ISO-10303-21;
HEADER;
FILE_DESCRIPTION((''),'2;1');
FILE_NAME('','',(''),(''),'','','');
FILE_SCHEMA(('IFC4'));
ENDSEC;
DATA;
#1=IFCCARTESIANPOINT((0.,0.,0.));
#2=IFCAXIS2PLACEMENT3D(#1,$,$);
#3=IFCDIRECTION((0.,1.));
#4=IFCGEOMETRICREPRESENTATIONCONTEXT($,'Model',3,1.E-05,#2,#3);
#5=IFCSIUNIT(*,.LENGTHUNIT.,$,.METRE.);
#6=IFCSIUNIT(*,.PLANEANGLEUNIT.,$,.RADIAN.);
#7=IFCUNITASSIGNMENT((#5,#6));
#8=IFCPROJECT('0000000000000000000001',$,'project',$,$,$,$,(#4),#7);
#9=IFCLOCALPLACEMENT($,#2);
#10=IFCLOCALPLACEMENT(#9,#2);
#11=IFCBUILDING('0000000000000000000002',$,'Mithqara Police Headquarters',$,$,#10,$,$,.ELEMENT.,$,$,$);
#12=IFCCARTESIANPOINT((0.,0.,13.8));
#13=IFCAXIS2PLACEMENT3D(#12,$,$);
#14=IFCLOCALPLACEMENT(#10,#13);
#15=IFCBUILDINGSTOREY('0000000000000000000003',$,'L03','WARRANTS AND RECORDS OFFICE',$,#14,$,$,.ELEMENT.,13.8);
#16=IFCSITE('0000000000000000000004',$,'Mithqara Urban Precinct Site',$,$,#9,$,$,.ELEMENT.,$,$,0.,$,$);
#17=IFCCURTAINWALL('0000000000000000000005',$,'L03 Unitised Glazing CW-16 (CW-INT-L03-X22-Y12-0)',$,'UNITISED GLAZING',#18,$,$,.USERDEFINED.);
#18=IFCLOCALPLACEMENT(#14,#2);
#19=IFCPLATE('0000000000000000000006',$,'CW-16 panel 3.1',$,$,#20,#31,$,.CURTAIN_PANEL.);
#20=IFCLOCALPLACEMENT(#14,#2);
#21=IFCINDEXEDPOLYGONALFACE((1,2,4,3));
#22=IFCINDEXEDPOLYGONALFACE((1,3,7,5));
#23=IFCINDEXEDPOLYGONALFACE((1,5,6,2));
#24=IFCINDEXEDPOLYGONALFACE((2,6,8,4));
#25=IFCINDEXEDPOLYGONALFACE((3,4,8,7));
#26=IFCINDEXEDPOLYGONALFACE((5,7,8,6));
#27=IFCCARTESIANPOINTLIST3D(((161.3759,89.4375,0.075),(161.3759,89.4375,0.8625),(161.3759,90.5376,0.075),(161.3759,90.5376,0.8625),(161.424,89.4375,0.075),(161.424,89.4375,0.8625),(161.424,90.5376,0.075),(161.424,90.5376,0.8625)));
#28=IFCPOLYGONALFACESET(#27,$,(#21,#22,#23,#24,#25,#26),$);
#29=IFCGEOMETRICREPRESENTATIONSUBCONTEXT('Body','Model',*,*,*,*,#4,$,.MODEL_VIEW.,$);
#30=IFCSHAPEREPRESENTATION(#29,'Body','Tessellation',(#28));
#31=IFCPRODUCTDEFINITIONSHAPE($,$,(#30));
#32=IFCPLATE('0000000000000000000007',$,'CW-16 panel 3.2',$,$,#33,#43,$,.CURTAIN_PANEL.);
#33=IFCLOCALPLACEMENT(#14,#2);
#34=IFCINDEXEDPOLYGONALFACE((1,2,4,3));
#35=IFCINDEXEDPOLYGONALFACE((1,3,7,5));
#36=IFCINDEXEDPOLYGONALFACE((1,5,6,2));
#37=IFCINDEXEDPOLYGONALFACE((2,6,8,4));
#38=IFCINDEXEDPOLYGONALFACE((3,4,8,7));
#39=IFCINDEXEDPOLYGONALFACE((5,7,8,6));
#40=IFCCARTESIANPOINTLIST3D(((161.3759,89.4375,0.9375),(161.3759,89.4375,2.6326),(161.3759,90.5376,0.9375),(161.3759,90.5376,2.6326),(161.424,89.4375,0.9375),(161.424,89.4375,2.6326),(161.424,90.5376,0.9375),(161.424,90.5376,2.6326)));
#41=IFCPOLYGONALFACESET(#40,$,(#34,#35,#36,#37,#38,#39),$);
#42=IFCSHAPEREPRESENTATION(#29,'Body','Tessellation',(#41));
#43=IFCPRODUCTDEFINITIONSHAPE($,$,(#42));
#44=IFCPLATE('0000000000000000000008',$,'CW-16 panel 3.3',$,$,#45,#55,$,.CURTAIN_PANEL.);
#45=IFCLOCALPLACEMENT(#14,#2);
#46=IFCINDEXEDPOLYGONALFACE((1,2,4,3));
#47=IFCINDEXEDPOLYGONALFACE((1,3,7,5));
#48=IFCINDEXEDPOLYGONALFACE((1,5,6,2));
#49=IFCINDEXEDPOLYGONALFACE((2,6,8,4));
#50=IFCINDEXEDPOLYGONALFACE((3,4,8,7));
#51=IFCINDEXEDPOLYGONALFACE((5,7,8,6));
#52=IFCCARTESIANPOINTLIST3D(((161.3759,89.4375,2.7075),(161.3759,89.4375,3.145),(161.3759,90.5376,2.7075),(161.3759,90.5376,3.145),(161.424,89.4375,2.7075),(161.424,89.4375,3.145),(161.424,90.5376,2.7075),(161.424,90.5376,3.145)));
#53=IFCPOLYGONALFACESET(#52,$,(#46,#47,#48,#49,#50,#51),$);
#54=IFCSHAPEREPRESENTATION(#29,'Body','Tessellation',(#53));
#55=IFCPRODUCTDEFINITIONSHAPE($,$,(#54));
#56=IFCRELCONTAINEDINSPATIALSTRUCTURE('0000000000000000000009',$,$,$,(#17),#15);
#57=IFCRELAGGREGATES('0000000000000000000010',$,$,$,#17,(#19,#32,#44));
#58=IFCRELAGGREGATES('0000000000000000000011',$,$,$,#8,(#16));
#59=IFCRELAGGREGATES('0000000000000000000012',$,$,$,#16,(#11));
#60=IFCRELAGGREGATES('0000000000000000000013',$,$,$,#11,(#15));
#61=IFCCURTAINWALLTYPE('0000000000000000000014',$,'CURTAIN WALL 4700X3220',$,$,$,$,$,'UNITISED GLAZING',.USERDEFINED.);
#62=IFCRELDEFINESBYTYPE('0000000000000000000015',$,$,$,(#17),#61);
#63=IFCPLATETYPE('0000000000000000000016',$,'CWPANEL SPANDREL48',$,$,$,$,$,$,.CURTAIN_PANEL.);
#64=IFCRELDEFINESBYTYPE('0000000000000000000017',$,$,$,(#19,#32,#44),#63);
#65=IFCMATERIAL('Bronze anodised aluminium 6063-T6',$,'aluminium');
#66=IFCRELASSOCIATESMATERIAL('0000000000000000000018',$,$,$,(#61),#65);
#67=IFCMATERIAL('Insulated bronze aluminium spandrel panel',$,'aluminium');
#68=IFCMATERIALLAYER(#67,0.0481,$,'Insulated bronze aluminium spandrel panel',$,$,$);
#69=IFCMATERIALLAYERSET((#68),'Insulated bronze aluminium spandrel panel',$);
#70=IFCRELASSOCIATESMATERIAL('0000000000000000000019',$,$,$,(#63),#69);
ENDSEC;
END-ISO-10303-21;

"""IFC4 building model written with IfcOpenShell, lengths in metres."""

from ifc_helpers import new_model, si_unit, direction, frame, origin, origin_2d, place, context, subcontext, project, spatial, rectangle, extrude, material, layer, layer_set, type_object, element, aggregate, save


model = new_model("IFC4")

# Units and contexts
model_context = context("Model", 3, precision=1e-05, world=origin(), true_north=direction((0.0, 1.0)))
body_context = subcontext(model_context, "Body", "Model", "MODEL_VIEW")
ifc_project = project(units=[si_unit("LENGTHUNIT", "METRE"), si_unit("PLANEANGLEUNIT", "RADIAN")], contexts=[model_context])

# Site, building, storey
site_placement = place(None, origin())
site = spatial("IfcSite", under=ifc_project, at=site_placement, Name="Mithqara Urban Precinct Site", CompositionType="ELEMENT", RefElevation=0.0)
building_placement = place(site_placement, origin())
building = spatial("IfcBuilding", under=site, at=building_placement, Name="Mithqara Police Headquarters", CompositionType="ELEMENT")
storey_placement = place(building_placement, frame((0.0, 0.0, 13.8)))
storey = spatial("IfcBuildingStorey", under=building, at=storey_placement, Name="L03", Description="WARRANTS AND RECORDS OFFICE", CompositionType="ELEMENT", Elevation=13.8)

# Curtain wall, plates
ifc_material_1 = material(Name="Bronze anodised aluminium 6063-T6", Category="aluminium")
curtain_wall_type = type_object("IfcCurtainWallType", Name="CURTAIN WALL 4700X3220", ElementType="UNITISED GLAZING", PredefinedType="USERDEFINED", material=ifc_material_1)
curtain_wall_placement = place(storey_placement, origin())
curtain_wall = element("IfcCurtainWall", 1, at=curtain_wall_placement, inside=storey, type_object=curtain_wall_type, Name="L03 Unitised Glazing CW-16 (CW-INT-L03-X22-Y12-0)", ObjectType="UNITISED GLAZING", PredefinedType="USERDEFINED")
ifc_material_2 = material(Name="Insulated bronze aluminium spandrel panel", Category="aluminium")
ifc_layer = layer(ifc_material_2, 0.0481, Name="Insulated bronze aluminium spandrel panel")
ifc_layer_set = layer_set([ifc_layer], Name="Insulated bronze aluminium spandrel panel")
plate_type = type_object("IfcPlateType", Name="CWPANEL SPANDREL48", PredefinedType="CURTAIN_PANEL", material=ifc_layer_set)
plate_1_placement = place(storey_placement, frame((161.3999, 89.9875, 0.075), z_axis=(0.0, 0.0, 1.0), x_axis=(0.0, 1.0, 0.0)))
plate_1 = element("IfcPlate", 2, at=plate_1_placement, type_object=plate_type, Name="CW-16 panel 3.1", PredefinedType="CURTAIN_PANEL", context=body_context, shape_type="SweptSolid", body=[
    extrude(rectangle(XDim=1.1001, YDim=0.0481, at=origin_2d()), origin(), (0.0, 0.0, 1.0), 0.7876),
])
plate_2_placement = place(storey_placement, frame((161.3999, 89.9875, 0.9375), z_axis=(0.0, 0.0, 1.0), x_axis=(0.0, 1.0, 0.0)))
plate_2 = element("IfcPlate", 3, at=plate_2_placement, type_object=plate_type, Name="CW-16 panel 3.2", PredefinedType="CURTAIN_PANEL", context=body_context, shape_type="SweptSolid", body=[
    extrude(rectangle(XDim=1.1001, YDim=0.0481, at=origin_2d()), origin(), (0.0, 0.0, 1.0), 1.6951),
])
plate_3_placement = place(storey_placement, frame((161.3999, 89.9875, 2.7075), z_axis=(0.0, 0.0, 1.0), x_axis=(0.0, 1.0, 0.0)))
plate_3 = element("IfcPlate", 4, at=plate_3_placement, type_object=plate_type, Name="CW-16 panel 3.3", PredefinedType="CURTAIN_PANEL", context=body_context, shape_type="SweptSolid", body=[
    extrude(rectangle(XDim=1.1001, YDim=0.0481, at=origin_2d()), origin(), (0.0, 0.0, 1.0), 0.4375),
])
aggregate(curtain_wall, [plate_1, plate_2, plate_3])

save(model, "model.ifc")
